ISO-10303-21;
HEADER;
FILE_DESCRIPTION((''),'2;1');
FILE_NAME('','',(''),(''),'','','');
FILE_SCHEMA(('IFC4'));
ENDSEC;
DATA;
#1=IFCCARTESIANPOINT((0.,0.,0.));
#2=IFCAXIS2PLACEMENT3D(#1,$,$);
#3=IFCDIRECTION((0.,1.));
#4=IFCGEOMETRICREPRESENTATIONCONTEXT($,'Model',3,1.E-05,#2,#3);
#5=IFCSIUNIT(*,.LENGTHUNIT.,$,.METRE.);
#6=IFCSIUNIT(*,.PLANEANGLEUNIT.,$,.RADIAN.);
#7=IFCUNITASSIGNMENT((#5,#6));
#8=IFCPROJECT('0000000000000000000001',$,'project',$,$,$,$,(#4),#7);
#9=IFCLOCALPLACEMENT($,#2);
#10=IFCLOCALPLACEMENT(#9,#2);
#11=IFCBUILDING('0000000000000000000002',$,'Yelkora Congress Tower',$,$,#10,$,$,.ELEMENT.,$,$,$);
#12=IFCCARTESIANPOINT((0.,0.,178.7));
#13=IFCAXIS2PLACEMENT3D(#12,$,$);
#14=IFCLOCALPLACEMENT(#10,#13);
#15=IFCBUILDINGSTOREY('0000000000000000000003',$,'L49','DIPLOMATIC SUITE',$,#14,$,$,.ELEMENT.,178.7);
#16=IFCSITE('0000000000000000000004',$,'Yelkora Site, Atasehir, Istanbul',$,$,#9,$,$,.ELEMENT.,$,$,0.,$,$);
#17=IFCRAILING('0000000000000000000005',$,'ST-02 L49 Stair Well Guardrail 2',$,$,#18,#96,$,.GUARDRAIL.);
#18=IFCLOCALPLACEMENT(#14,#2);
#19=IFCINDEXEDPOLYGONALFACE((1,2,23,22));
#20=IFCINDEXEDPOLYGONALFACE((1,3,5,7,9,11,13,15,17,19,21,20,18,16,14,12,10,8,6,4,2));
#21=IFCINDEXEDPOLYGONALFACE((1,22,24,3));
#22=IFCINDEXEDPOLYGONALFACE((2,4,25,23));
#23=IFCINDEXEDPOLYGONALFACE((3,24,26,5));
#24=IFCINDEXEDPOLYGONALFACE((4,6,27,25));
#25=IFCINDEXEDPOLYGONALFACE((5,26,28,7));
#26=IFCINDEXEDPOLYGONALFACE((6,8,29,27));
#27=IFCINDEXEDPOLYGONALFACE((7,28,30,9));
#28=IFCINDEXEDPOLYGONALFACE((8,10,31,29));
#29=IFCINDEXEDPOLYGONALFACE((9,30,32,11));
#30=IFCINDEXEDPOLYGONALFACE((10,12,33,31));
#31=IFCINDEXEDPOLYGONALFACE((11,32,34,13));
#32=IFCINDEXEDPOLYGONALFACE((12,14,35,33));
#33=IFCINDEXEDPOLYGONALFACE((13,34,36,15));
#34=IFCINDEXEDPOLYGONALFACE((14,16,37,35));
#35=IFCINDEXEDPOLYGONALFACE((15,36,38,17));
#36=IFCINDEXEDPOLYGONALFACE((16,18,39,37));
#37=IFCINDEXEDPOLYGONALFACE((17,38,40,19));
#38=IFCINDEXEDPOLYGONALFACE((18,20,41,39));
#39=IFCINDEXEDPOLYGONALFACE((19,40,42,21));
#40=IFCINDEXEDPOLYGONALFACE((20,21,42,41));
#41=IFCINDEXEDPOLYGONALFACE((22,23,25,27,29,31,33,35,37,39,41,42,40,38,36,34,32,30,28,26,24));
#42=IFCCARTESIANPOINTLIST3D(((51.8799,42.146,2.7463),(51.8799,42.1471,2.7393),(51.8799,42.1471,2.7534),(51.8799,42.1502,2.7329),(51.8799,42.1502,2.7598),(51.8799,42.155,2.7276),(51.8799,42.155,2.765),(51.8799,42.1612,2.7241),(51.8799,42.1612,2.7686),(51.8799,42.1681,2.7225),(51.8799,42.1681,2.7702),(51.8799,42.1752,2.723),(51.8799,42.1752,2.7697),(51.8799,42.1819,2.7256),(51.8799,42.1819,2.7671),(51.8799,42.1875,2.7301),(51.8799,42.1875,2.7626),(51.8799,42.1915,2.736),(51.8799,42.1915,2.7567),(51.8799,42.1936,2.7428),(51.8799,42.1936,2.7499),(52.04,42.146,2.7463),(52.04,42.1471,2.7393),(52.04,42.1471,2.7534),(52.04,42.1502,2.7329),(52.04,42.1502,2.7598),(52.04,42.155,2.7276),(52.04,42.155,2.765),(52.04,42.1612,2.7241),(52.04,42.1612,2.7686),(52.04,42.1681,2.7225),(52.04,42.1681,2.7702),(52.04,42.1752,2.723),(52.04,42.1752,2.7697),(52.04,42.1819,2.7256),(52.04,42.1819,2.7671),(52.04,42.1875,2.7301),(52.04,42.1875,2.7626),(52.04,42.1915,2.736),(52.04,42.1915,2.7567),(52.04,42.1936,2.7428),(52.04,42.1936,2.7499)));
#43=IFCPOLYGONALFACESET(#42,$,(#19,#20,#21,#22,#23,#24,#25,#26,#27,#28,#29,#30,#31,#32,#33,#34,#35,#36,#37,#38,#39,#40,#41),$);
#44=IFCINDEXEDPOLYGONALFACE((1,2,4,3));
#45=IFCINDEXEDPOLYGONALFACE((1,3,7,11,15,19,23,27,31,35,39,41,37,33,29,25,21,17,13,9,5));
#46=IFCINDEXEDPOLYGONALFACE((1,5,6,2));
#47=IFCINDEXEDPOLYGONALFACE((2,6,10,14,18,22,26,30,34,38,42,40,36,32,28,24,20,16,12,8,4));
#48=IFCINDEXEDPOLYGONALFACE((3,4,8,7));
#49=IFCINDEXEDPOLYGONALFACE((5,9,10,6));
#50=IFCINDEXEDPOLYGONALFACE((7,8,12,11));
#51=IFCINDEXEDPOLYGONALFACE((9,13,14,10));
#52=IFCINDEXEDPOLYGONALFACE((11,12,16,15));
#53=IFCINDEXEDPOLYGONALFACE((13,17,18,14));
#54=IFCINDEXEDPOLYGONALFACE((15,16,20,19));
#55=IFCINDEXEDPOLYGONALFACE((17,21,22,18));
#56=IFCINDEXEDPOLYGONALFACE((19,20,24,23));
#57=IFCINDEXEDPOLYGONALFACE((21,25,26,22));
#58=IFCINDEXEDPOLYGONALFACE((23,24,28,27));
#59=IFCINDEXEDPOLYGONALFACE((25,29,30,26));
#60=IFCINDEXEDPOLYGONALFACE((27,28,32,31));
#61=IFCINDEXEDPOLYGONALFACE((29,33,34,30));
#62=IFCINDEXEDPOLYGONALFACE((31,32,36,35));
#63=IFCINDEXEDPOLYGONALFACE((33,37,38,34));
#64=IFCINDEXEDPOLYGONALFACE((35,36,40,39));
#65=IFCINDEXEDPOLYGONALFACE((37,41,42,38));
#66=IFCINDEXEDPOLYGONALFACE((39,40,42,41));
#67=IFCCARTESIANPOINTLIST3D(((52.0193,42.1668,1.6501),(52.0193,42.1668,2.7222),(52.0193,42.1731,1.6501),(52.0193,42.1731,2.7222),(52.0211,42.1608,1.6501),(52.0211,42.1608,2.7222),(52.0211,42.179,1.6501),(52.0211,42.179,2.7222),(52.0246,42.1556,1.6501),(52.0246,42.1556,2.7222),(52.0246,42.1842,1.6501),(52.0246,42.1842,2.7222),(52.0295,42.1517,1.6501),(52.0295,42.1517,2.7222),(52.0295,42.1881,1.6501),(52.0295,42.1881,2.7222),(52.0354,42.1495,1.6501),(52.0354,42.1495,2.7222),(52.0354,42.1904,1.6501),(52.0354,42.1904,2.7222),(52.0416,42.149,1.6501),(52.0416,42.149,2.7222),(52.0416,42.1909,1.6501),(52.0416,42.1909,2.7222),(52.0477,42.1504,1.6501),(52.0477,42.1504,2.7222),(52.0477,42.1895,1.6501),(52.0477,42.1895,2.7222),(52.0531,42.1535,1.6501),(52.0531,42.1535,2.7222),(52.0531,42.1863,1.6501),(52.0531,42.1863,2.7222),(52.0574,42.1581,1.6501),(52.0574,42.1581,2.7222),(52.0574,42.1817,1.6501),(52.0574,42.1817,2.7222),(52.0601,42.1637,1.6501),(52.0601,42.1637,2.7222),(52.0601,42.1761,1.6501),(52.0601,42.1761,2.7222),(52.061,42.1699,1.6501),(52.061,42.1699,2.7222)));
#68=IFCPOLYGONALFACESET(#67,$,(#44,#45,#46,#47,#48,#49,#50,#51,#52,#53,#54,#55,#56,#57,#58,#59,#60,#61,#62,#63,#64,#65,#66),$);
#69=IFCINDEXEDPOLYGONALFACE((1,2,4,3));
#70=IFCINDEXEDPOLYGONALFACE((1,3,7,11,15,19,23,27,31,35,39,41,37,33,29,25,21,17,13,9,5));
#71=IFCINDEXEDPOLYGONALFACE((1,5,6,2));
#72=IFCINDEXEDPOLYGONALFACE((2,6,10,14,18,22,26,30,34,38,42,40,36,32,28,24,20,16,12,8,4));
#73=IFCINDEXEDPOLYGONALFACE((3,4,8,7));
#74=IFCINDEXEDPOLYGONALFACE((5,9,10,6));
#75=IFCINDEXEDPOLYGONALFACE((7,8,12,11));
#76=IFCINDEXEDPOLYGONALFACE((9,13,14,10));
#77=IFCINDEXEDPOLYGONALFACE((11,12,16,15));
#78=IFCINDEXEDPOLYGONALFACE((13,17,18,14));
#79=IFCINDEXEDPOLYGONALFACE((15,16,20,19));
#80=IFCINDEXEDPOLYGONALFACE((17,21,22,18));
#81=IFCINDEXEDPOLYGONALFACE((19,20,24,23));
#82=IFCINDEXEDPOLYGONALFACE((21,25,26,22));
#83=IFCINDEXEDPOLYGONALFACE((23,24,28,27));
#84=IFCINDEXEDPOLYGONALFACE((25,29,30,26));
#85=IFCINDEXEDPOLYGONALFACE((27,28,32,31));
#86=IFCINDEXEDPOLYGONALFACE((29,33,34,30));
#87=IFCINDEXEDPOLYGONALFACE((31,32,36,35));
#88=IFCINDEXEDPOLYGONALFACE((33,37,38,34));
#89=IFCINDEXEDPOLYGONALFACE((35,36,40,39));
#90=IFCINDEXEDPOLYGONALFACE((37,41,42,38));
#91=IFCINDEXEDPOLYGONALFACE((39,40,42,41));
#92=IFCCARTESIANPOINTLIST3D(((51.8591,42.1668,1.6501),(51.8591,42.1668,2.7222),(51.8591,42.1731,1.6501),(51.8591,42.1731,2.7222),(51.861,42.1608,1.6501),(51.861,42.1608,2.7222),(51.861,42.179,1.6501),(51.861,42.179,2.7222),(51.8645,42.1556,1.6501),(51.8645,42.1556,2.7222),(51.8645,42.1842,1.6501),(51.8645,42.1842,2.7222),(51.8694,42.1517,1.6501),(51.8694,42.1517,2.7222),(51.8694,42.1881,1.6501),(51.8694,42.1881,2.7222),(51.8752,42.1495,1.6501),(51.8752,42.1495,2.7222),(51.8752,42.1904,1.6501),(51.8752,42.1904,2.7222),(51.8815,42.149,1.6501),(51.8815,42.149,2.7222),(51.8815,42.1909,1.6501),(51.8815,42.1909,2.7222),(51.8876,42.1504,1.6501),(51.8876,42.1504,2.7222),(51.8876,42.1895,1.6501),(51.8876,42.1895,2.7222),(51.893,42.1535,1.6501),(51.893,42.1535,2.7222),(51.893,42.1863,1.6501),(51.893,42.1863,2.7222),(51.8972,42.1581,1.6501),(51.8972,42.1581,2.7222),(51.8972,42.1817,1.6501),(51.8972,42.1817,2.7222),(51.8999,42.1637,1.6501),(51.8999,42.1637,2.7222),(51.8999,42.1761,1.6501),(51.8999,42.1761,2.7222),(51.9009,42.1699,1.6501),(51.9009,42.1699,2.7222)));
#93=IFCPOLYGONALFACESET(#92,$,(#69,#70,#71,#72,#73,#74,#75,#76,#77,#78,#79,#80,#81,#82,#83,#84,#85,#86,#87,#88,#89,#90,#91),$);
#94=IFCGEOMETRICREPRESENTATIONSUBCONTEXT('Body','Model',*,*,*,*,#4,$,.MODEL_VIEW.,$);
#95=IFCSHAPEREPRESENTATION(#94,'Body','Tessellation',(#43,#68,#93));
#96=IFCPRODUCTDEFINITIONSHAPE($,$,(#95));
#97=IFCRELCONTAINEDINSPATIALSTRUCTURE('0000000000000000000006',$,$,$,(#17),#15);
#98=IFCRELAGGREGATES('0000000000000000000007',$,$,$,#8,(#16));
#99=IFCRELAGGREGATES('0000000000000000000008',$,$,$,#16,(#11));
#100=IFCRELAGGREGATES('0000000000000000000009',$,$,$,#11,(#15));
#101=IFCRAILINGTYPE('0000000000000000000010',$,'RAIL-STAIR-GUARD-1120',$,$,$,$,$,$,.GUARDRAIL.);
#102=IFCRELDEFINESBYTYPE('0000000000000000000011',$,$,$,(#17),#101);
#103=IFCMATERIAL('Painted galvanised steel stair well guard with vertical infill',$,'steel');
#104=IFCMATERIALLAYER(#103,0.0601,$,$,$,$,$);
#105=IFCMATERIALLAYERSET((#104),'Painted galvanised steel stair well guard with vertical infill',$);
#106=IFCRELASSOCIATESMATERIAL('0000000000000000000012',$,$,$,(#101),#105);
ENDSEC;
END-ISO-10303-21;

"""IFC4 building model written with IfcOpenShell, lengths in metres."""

from ifc_helpers import new_model, si_unit, direction, frame, origin, origin_2d, place, context, subcontext, project, spatial, circle, extrude, material, layer, layer_set, type_object, element, save


model = new_model("IFC4")

# Units and contexts
model_context = context("Model", 3, precision=1e-05, world=origin(), true_north=direction((0.0, 1.0)))
body_context = subcontext(model_context, "Body", "Model", "MODEL_VIEW")
ifc_project = project(units=[si_unit("LENGTHUNIT", "METRE"), si_unit("PLANEANGLEUNIT", "RADIAN")], contexts=[model_context])

# Site, building, storey
site_placement = place(None, origin())
site = spatial("IfcSite", under=ifc_project, at=site_placement, Name="Yelkora Site, Atasehir, Istanbul", CompositionType="ELEMENT", RefElevation=0.0)
building_placement = place(site_placement, origin())
building = spatial("IfcBuilding", under=site, at=building_placement, Name="Yelkora Congress Tower", CompositionType="ELEMENT")
storey_placement = place(building_placement, frame((0.0, 0.0, 178.7)))
storey = spatial("IfcBuildingStorey", under=building, at=storey_placement, Name="L49", Description="DIPLOMATIC SUITE", CompositionType="ELEMENT", Elevation=178.7)

# Railing
ifc_material_1 = material(Name="Painted galvanised steel stair well guard with vertical infill", Category="steel")
ifc_layer_1 = layer(ifc_material_1, 0.0601)
ifc_layer_set_1 = layer_set([ifc_layer_1], Name="Painted galvanised steel stair well guard with vertical infill")
railing_type_1 = type_object("IfcRailingType", Name="RAIL-STAIR-GUARD-1120", PredefinedType="GUARDRAIL", material=ifc_layer_set_1)
railing_1_placement = place(storey_placement, frame((52.04, 42.1699, 1.6501)))
element("IfcRailing", 1, at=railing_1_placement, inside=storey, type_object=railing_type_1, Name="ST-02 L49 Stair Well Guardrail 2", PredefinedType="GUARDRAIL", context=body_context, shape_type="SweptSolid", body=[
    extrude(circle(Radius=0.0239, at=origin_2d()), frame((0.0, 0.0, 1.0962), z_axis=(-1.0, 0.0, 0.0), x_axis=(0.0, -1.0, 0.0)), (0.0, 0.0, 1.0), 0.1602),
    extrude(circle(Radius=0.021, at=origin_2d()), origin(), (0.0, 0.0, 1.0), 1.072),
    extrude(circle(Radius=0.021, at=origin_2d()), frame((-0.1602, 0.0, 0.0)), (0.0, 0.0, 1.0), 1.072),
])

save(model, "model.ifc")
